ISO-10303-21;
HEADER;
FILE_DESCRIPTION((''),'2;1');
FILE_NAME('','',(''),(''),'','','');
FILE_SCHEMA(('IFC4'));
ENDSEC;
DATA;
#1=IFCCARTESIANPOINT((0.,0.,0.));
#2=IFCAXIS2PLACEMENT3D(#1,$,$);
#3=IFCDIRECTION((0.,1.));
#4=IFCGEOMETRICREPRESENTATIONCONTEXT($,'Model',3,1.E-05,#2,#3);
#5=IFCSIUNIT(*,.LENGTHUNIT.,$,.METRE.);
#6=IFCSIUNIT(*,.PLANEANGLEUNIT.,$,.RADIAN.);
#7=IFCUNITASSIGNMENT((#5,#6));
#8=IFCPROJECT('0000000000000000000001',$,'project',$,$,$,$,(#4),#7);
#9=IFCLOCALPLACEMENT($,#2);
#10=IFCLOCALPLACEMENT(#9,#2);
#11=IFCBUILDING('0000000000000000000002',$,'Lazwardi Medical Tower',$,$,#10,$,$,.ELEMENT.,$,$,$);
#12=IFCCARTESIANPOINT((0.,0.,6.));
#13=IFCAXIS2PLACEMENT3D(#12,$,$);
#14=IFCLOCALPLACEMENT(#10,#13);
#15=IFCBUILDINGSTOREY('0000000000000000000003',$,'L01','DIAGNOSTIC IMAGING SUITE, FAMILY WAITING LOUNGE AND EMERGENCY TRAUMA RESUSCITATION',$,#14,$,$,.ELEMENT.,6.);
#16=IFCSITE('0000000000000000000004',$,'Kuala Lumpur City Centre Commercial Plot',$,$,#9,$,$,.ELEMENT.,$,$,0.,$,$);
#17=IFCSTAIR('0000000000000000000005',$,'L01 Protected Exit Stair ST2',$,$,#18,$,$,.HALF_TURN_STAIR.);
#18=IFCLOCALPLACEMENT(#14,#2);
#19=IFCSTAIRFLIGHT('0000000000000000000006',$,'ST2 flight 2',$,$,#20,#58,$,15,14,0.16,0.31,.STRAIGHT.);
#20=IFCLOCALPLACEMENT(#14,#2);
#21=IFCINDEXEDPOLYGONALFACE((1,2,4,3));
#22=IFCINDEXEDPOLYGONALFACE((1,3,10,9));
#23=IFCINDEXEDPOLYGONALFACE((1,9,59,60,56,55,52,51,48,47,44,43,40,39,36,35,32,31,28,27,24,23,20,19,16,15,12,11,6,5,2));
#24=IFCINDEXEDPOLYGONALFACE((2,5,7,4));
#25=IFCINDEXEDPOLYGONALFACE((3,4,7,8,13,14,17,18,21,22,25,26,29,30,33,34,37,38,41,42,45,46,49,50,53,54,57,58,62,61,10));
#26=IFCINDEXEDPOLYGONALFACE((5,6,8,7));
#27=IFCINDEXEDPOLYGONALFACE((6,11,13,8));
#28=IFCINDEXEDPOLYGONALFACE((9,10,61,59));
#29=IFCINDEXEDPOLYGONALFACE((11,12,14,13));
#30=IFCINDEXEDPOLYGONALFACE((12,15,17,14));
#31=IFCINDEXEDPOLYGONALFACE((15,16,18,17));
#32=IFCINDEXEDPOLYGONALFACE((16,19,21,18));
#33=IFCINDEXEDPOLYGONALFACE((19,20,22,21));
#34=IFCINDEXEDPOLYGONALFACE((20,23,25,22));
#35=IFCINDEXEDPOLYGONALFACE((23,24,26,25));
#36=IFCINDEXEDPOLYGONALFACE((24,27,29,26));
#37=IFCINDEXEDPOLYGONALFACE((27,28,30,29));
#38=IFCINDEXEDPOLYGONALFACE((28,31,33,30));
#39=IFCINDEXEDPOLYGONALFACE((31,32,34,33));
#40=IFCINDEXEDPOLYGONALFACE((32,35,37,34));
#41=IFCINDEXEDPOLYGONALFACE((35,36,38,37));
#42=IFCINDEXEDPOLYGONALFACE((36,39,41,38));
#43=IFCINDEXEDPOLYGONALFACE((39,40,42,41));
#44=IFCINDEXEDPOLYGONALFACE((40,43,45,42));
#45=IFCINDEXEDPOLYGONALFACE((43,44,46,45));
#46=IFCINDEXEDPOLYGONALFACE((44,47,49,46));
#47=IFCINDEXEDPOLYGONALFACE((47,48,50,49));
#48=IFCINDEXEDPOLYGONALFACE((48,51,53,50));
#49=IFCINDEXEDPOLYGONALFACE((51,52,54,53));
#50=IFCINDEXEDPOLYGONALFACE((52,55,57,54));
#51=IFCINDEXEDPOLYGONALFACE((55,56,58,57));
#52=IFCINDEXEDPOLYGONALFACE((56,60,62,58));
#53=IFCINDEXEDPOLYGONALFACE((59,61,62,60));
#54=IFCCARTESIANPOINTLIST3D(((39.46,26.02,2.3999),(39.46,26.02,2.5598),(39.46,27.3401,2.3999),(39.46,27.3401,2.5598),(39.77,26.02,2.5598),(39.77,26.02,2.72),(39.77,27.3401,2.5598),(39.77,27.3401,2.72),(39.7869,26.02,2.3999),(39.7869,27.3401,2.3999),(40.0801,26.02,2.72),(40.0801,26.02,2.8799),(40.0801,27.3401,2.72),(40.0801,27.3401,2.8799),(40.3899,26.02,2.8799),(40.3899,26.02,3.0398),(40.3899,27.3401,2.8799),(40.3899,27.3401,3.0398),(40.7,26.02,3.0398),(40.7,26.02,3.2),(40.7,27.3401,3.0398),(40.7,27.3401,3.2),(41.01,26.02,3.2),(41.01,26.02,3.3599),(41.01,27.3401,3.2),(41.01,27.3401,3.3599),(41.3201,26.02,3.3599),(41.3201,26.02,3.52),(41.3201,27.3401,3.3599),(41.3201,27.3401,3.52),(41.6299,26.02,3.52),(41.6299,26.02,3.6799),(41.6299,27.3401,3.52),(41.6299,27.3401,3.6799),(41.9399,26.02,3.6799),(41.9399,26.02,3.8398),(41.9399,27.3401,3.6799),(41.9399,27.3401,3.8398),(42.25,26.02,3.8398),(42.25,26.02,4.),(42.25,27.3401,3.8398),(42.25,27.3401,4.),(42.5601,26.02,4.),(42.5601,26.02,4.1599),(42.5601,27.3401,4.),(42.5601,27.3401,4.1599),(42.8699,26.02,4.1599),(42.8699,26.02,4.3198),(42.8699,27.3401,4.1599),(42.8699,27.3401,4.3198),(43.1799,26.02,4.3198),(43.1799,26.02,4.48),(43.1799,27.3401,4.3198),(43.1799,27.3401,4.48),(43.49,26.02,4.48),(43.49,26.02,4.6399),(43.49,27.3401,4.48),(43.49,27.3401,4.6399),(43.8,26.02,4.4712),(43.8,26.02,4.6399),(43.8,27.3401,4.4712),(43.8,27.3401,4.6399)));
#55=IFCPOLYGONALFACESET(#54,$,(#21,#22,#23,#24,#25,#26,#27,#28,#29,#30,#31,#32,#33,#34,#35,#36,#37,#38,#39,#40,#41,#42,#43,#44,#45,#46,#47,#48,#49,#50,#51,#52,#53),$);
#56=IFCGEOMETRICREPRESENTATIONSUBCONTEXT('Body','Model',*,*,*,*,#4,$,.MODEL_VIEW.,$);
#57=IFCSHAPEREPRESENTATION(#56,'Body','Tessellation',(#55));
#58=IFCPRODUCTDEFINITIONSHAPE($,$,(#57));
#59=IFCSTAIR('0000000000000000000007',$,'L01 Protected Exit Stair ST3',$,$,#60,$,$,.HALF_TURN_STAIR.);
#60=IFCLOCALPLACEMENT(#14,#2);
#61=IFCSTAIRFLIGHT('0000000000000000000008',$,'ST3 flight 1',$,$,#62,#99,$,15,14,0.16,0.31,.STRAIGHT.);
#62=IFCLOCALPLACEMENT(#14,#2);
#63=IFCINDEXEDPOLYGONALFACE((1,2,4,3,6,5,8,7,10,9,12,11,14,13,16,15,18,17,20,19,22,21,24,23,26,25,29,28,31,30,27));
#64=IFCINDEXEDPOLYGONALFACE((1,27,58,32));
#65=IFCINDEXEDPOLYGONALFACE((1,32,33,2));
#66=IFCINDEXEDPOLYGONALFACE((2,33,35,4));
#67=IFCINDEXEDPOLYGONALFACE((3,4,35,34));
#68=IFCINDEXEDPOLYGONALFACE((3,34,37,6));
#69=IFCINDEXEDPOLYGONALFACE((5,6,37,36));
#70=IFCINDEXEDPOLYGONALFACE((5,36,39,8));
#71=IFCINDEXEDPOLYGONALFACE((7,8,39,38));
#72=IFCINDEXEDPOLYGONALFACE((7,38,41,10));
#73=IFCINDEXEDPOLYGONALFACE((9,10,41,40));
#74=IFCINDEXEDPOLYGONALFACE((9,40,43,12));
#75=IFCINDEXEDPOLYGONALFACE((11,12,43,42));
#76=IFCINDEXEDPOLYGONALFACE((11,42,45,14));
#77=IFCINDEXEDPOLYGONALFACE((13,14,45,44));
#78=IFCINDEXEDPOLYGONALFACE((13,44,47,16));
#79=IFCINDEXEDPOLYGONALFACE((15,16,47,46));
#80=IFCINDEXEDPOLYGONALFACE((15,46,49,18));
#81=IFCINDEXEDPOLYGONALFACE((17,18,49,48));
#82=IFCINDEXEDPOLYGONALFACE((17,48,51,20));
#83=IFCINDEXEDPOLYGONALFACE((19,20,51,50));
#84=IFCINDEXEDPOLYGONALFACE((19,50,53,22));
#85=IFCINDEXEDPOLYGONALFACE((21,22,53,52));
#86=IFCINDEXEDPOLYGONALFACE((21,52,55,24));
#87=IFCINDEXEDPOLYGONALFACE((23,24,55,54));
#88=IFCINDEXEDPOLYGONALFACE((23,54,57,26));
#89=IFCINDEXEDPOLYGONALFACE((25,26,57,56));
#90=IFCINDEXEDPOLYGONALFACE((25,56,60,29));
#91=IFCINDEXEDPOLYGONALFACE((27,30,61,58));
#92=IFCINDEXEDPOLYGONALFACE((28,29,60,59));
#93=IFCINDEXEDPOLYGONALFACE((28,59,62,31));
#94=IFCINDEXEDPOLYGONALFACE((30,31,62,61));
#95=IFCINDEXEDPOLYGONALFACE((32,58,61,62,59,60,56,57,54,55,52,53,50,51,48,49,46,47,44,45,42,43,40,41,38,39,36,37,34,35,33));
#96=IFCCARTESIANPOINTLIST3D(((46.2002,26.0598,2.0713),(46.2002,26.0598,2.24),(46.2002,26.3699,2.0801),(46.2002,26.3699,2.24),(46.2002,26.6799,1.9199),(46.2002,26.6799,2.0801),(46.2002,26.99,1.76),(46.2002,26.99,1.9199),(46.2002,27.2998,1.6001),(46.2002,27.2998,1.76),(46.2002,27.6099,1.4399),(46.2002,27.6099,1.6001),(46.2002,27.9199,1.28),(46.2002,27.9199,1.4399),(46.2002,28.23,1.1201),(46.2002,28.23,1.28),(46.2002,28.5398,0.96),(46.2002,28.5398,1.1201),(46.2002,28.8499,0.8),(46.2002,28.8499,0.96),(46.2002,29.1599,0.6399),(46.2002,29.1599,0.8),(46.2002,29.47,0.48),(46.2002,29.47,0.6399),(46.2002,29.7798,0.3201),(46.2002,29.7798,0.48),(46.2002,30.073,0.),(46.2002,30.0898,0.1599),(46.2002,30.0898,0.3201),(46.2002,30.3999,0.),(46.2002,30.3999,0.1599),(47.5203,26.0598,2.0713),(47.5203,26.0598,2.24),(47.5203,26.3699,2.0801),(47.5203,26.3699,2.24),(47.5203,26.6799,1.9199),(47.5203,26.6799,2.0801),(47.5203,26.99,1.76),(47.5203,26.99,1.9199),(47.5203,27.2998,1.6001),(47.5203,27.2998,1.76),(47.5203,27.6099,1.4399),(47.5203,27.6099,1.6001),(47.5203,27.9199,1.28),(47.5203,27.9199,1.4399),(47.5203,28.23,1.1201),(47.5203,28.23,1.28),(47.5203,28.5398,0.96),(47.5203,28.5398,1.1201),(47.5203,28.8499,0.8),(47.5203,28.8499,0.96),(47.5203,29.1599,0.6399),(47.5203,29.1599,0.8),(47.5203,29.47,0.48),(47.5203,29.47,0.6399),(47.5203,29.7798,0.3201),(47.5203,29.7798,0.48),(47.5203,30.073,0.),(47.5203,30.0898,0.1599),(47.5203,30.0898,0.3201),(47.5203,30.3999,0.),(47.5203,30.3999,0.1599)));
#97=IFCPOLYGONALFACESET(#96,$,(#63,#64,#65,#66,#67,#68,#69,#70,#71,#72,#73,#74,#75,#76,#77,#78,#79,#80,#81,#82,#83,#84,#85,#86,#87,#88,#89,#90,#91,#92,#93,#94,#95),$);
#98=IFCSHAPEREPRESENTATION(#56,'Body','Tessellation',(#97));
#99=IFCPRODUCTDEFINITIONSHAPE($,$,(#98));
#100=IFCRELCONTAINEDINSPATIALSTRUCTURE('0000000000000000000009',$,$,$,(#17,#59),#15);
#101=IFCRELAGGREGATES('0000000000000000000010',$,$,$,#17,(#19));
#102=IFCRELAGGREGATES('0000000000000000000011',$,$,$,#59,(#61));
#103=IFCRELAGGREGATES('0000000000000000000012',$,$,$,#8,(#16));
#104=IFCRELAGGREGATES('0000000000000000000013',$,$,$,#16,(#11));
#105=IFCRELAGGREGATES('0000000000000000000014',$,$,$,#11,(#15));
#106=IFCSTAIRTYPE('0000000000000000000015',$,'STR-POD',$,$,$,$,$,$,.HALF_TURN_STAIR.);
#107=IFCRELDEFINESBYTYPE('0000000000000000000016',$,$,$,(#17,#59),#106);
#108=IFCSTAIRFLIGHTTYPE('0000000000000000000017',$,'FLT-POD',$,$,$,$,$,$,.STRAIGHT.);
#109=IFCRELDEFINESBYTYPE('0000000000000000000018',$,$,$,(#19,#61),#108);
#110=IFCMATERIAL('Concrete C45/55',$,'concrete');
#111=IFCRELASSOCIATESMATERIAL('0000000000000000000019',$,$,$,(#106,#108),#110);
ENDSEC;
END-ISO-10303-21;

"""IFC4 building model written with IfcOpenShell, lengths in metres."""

from ifc_helpers import new_model, si_unit, direction, frame, origin, place, context, subcontext, project, spatial, polyline, outline, extrude, material, type_object, element, aggregate, save


model = new_model("IFC4")

# Units and contexts
model_context = context("Model", 3, precision=1e-05, world=origin(), true_north=direction((0.0, 1.0)))
body_context = subcontext(model_context, "Body", "Model", "MODEL_VIEW")
ifc_project = project(units=[si_unit("LENGTHUNIT", "METRE"), si_unit("PLANEANGLEUNIT", "RADIAN")], contexts=[model_context])

# Site, building, storey
site_placement = place(None, origin())
site = spatial("IfcSite", under=ifc_project, at=site_placement, Name="Kuala Lumpur City Centre Commercial Plot", CompositionType="ELEMENT", RefElevation=0.0)
building_placement = place(site_placement, origin())
building = spatial("IfcBuilding", under=site, at=building_placement, Name="Lazwardi Medical Tower", CompositionType="ELEMENT")
storey_placement = place(building_placement, frame((0.0, 0.0, 6.0)))
storey = spatial("IfcBuildingStorey", under=building, at=storey_placement, Name="L01", Description="DIAGNOSTIC IMAGING SUITE, FAMILY WAITING LOUNGE AND EMERGENCY TRAUMA RESUSCITATION", CompositionType="ELEMENT", Elevation=6.0)

# Stair, stair flight
ifc_material_1 = material(Name="Concrete C45/55", Category="concrete")
stair_type = type_object("IfcStairType", Name="STR-POD", PredefinedType="HALF_TURN_STAIR", material=ifc_material_1)
stair_1_placement = place(storey_placement, origin())
stair_1 = element("IfcStair", 1, at=stair_1_placement, inside=storey, type_object=stair_type, Name="L01 Protected Exit Stair ST2", PredefinedType="HALF_TURN_STAIR")
stair_flight_type = type_object("IfcStairFlightType", Name="FLT-POD", PredefinedType="STRAIGHT", material=ifc_material_1)
stair_flight_1_placement = place(storey_placement, frame((39.46, 26.6799, 2.3999), z_axis=(0.0, 0.0, 1.0), x_axis=(1.0, 0.0, 0.0)))
stair_flight_1 = element("IfcStairFlight", 2, at=stair_flight_1_placement, type_object=stair_flight_type, Name="ST2 flight 2", NumberOfRisers=15, NumberOfTreads=14, PredefinedType="STRAIGHT", RiserHeight=0.16, TreadLength=0.31, context=body_context, shape_type="SweptSolid", body=[
    extrude(outline(polyline([(0.0, 0.0), (0.0, 0.1599), (0.3101, 0.1599), (0.3101, 0.3201), (0.6201, 0.3201), (0.6201, 0.48), (0.9299, 0.48), (0.9299, 0.6399), (1.24, 0.6399), (1.24, 0.8), (1.55, 0.8), (1.55, 0.96), (1.8601, 0.96), (1.8601, 1.1201), (2.1699, 1.1201), (2.1699, 1.28), (2.48, 1.28), (2.48, 1.4399), (2.79, 1.4399), (2.79, 1.6001), (3.1001, 1.6001), (3.1001, 1.76), (3.4099, 1.76), (3.4099, 1.9199), (3.72, 1.9199), (3.72, 2.0801), (4.03, 2.0801), (4.03, 2.24), (4.3401, 2.24), (4.3401, 2.3999), (4.3401, 2.0713), (0.3269, 0.0), (0.0, 0.0)])), frame((0.0, 0.6602, 0.0), z_axis=(0.0, -1.0, 0.0), x_axis=(1.0, 0.0, 0.0)), (0.0, 0.0, 1.0), 1.3201),
])
aggregate(stair_1, [stair_flight_1])

# Stair, stair flight
stair_2_placement = place(storey_placement, origin())
stair_2 = element("IfcStair", 3, at=stair_2_placement, inside=storey, type_object=stair_type, Name="L01 Protected Exit Stair ST3", PredefinedType="HALF_TURN_STAIR")
stair_flight_2_placement = place(storey_placement, frame((46.8601, 30.3999, 0.0), z_axis=(0.0, 0.0, 1.0), x_axis=(0.0, -1.0, 0.0)))
stair_flight_2 = element("IfcStairFlight", 4, at=stair_flight_2_placement, type_object=stair_flight_type, Name="ST3 flight 1", NumberOfRisers=15, NumberOfTreads=14, PredefinedType="STRAIGHT", RiserHeight=0.16, TreadLength=0.31, context=body_context, shape_type="SweptSolid", body=[
    extrude(outline(polyline([(0.0, 0.0), (0.0, 0.1599), (0.3101, 0.1599), (0.3101, 0.3201), (0.6201, 0.3201), (0.6201, 0.48), (0.9299, 0.48), (0.9299, 0.6399), (1.24, 0.6399), (1.24, 0.8), (1.55, 0.8), (1.55, 0.96), (1.8601, 0.96), (1.8601, 1.1201), (2.1699, 1.1201), (2.1699, 1.28), (2.48, 1.28), (2.48, 1.4399), (2.79, 1.4399), (2.79, 1.6001), (3.1001, 1.6001), (3.1001, 1.76), (3.4099, 1.76), (3.4099, 1.9199), (3.72, 1.9199), (3.72, 2.0801), (4.03, 2.0801), (4.03, 2.24), (4.3401, 2.24), (4.3401, 2.3999), (4.3401, 2.0713), (0.3269, 0.0), (0.0, 0.0)])), frame((0.0, 0.6602, 0.0), z_axis=(0.0, -1.0, 0.0), x_axis=(1.0, 0.0, 0.0)), (0.0, 0.0, 1.0), 1.3201),
])
aggregate(stair_2, [stair_flight_2])

save(model, "model.ifc")
